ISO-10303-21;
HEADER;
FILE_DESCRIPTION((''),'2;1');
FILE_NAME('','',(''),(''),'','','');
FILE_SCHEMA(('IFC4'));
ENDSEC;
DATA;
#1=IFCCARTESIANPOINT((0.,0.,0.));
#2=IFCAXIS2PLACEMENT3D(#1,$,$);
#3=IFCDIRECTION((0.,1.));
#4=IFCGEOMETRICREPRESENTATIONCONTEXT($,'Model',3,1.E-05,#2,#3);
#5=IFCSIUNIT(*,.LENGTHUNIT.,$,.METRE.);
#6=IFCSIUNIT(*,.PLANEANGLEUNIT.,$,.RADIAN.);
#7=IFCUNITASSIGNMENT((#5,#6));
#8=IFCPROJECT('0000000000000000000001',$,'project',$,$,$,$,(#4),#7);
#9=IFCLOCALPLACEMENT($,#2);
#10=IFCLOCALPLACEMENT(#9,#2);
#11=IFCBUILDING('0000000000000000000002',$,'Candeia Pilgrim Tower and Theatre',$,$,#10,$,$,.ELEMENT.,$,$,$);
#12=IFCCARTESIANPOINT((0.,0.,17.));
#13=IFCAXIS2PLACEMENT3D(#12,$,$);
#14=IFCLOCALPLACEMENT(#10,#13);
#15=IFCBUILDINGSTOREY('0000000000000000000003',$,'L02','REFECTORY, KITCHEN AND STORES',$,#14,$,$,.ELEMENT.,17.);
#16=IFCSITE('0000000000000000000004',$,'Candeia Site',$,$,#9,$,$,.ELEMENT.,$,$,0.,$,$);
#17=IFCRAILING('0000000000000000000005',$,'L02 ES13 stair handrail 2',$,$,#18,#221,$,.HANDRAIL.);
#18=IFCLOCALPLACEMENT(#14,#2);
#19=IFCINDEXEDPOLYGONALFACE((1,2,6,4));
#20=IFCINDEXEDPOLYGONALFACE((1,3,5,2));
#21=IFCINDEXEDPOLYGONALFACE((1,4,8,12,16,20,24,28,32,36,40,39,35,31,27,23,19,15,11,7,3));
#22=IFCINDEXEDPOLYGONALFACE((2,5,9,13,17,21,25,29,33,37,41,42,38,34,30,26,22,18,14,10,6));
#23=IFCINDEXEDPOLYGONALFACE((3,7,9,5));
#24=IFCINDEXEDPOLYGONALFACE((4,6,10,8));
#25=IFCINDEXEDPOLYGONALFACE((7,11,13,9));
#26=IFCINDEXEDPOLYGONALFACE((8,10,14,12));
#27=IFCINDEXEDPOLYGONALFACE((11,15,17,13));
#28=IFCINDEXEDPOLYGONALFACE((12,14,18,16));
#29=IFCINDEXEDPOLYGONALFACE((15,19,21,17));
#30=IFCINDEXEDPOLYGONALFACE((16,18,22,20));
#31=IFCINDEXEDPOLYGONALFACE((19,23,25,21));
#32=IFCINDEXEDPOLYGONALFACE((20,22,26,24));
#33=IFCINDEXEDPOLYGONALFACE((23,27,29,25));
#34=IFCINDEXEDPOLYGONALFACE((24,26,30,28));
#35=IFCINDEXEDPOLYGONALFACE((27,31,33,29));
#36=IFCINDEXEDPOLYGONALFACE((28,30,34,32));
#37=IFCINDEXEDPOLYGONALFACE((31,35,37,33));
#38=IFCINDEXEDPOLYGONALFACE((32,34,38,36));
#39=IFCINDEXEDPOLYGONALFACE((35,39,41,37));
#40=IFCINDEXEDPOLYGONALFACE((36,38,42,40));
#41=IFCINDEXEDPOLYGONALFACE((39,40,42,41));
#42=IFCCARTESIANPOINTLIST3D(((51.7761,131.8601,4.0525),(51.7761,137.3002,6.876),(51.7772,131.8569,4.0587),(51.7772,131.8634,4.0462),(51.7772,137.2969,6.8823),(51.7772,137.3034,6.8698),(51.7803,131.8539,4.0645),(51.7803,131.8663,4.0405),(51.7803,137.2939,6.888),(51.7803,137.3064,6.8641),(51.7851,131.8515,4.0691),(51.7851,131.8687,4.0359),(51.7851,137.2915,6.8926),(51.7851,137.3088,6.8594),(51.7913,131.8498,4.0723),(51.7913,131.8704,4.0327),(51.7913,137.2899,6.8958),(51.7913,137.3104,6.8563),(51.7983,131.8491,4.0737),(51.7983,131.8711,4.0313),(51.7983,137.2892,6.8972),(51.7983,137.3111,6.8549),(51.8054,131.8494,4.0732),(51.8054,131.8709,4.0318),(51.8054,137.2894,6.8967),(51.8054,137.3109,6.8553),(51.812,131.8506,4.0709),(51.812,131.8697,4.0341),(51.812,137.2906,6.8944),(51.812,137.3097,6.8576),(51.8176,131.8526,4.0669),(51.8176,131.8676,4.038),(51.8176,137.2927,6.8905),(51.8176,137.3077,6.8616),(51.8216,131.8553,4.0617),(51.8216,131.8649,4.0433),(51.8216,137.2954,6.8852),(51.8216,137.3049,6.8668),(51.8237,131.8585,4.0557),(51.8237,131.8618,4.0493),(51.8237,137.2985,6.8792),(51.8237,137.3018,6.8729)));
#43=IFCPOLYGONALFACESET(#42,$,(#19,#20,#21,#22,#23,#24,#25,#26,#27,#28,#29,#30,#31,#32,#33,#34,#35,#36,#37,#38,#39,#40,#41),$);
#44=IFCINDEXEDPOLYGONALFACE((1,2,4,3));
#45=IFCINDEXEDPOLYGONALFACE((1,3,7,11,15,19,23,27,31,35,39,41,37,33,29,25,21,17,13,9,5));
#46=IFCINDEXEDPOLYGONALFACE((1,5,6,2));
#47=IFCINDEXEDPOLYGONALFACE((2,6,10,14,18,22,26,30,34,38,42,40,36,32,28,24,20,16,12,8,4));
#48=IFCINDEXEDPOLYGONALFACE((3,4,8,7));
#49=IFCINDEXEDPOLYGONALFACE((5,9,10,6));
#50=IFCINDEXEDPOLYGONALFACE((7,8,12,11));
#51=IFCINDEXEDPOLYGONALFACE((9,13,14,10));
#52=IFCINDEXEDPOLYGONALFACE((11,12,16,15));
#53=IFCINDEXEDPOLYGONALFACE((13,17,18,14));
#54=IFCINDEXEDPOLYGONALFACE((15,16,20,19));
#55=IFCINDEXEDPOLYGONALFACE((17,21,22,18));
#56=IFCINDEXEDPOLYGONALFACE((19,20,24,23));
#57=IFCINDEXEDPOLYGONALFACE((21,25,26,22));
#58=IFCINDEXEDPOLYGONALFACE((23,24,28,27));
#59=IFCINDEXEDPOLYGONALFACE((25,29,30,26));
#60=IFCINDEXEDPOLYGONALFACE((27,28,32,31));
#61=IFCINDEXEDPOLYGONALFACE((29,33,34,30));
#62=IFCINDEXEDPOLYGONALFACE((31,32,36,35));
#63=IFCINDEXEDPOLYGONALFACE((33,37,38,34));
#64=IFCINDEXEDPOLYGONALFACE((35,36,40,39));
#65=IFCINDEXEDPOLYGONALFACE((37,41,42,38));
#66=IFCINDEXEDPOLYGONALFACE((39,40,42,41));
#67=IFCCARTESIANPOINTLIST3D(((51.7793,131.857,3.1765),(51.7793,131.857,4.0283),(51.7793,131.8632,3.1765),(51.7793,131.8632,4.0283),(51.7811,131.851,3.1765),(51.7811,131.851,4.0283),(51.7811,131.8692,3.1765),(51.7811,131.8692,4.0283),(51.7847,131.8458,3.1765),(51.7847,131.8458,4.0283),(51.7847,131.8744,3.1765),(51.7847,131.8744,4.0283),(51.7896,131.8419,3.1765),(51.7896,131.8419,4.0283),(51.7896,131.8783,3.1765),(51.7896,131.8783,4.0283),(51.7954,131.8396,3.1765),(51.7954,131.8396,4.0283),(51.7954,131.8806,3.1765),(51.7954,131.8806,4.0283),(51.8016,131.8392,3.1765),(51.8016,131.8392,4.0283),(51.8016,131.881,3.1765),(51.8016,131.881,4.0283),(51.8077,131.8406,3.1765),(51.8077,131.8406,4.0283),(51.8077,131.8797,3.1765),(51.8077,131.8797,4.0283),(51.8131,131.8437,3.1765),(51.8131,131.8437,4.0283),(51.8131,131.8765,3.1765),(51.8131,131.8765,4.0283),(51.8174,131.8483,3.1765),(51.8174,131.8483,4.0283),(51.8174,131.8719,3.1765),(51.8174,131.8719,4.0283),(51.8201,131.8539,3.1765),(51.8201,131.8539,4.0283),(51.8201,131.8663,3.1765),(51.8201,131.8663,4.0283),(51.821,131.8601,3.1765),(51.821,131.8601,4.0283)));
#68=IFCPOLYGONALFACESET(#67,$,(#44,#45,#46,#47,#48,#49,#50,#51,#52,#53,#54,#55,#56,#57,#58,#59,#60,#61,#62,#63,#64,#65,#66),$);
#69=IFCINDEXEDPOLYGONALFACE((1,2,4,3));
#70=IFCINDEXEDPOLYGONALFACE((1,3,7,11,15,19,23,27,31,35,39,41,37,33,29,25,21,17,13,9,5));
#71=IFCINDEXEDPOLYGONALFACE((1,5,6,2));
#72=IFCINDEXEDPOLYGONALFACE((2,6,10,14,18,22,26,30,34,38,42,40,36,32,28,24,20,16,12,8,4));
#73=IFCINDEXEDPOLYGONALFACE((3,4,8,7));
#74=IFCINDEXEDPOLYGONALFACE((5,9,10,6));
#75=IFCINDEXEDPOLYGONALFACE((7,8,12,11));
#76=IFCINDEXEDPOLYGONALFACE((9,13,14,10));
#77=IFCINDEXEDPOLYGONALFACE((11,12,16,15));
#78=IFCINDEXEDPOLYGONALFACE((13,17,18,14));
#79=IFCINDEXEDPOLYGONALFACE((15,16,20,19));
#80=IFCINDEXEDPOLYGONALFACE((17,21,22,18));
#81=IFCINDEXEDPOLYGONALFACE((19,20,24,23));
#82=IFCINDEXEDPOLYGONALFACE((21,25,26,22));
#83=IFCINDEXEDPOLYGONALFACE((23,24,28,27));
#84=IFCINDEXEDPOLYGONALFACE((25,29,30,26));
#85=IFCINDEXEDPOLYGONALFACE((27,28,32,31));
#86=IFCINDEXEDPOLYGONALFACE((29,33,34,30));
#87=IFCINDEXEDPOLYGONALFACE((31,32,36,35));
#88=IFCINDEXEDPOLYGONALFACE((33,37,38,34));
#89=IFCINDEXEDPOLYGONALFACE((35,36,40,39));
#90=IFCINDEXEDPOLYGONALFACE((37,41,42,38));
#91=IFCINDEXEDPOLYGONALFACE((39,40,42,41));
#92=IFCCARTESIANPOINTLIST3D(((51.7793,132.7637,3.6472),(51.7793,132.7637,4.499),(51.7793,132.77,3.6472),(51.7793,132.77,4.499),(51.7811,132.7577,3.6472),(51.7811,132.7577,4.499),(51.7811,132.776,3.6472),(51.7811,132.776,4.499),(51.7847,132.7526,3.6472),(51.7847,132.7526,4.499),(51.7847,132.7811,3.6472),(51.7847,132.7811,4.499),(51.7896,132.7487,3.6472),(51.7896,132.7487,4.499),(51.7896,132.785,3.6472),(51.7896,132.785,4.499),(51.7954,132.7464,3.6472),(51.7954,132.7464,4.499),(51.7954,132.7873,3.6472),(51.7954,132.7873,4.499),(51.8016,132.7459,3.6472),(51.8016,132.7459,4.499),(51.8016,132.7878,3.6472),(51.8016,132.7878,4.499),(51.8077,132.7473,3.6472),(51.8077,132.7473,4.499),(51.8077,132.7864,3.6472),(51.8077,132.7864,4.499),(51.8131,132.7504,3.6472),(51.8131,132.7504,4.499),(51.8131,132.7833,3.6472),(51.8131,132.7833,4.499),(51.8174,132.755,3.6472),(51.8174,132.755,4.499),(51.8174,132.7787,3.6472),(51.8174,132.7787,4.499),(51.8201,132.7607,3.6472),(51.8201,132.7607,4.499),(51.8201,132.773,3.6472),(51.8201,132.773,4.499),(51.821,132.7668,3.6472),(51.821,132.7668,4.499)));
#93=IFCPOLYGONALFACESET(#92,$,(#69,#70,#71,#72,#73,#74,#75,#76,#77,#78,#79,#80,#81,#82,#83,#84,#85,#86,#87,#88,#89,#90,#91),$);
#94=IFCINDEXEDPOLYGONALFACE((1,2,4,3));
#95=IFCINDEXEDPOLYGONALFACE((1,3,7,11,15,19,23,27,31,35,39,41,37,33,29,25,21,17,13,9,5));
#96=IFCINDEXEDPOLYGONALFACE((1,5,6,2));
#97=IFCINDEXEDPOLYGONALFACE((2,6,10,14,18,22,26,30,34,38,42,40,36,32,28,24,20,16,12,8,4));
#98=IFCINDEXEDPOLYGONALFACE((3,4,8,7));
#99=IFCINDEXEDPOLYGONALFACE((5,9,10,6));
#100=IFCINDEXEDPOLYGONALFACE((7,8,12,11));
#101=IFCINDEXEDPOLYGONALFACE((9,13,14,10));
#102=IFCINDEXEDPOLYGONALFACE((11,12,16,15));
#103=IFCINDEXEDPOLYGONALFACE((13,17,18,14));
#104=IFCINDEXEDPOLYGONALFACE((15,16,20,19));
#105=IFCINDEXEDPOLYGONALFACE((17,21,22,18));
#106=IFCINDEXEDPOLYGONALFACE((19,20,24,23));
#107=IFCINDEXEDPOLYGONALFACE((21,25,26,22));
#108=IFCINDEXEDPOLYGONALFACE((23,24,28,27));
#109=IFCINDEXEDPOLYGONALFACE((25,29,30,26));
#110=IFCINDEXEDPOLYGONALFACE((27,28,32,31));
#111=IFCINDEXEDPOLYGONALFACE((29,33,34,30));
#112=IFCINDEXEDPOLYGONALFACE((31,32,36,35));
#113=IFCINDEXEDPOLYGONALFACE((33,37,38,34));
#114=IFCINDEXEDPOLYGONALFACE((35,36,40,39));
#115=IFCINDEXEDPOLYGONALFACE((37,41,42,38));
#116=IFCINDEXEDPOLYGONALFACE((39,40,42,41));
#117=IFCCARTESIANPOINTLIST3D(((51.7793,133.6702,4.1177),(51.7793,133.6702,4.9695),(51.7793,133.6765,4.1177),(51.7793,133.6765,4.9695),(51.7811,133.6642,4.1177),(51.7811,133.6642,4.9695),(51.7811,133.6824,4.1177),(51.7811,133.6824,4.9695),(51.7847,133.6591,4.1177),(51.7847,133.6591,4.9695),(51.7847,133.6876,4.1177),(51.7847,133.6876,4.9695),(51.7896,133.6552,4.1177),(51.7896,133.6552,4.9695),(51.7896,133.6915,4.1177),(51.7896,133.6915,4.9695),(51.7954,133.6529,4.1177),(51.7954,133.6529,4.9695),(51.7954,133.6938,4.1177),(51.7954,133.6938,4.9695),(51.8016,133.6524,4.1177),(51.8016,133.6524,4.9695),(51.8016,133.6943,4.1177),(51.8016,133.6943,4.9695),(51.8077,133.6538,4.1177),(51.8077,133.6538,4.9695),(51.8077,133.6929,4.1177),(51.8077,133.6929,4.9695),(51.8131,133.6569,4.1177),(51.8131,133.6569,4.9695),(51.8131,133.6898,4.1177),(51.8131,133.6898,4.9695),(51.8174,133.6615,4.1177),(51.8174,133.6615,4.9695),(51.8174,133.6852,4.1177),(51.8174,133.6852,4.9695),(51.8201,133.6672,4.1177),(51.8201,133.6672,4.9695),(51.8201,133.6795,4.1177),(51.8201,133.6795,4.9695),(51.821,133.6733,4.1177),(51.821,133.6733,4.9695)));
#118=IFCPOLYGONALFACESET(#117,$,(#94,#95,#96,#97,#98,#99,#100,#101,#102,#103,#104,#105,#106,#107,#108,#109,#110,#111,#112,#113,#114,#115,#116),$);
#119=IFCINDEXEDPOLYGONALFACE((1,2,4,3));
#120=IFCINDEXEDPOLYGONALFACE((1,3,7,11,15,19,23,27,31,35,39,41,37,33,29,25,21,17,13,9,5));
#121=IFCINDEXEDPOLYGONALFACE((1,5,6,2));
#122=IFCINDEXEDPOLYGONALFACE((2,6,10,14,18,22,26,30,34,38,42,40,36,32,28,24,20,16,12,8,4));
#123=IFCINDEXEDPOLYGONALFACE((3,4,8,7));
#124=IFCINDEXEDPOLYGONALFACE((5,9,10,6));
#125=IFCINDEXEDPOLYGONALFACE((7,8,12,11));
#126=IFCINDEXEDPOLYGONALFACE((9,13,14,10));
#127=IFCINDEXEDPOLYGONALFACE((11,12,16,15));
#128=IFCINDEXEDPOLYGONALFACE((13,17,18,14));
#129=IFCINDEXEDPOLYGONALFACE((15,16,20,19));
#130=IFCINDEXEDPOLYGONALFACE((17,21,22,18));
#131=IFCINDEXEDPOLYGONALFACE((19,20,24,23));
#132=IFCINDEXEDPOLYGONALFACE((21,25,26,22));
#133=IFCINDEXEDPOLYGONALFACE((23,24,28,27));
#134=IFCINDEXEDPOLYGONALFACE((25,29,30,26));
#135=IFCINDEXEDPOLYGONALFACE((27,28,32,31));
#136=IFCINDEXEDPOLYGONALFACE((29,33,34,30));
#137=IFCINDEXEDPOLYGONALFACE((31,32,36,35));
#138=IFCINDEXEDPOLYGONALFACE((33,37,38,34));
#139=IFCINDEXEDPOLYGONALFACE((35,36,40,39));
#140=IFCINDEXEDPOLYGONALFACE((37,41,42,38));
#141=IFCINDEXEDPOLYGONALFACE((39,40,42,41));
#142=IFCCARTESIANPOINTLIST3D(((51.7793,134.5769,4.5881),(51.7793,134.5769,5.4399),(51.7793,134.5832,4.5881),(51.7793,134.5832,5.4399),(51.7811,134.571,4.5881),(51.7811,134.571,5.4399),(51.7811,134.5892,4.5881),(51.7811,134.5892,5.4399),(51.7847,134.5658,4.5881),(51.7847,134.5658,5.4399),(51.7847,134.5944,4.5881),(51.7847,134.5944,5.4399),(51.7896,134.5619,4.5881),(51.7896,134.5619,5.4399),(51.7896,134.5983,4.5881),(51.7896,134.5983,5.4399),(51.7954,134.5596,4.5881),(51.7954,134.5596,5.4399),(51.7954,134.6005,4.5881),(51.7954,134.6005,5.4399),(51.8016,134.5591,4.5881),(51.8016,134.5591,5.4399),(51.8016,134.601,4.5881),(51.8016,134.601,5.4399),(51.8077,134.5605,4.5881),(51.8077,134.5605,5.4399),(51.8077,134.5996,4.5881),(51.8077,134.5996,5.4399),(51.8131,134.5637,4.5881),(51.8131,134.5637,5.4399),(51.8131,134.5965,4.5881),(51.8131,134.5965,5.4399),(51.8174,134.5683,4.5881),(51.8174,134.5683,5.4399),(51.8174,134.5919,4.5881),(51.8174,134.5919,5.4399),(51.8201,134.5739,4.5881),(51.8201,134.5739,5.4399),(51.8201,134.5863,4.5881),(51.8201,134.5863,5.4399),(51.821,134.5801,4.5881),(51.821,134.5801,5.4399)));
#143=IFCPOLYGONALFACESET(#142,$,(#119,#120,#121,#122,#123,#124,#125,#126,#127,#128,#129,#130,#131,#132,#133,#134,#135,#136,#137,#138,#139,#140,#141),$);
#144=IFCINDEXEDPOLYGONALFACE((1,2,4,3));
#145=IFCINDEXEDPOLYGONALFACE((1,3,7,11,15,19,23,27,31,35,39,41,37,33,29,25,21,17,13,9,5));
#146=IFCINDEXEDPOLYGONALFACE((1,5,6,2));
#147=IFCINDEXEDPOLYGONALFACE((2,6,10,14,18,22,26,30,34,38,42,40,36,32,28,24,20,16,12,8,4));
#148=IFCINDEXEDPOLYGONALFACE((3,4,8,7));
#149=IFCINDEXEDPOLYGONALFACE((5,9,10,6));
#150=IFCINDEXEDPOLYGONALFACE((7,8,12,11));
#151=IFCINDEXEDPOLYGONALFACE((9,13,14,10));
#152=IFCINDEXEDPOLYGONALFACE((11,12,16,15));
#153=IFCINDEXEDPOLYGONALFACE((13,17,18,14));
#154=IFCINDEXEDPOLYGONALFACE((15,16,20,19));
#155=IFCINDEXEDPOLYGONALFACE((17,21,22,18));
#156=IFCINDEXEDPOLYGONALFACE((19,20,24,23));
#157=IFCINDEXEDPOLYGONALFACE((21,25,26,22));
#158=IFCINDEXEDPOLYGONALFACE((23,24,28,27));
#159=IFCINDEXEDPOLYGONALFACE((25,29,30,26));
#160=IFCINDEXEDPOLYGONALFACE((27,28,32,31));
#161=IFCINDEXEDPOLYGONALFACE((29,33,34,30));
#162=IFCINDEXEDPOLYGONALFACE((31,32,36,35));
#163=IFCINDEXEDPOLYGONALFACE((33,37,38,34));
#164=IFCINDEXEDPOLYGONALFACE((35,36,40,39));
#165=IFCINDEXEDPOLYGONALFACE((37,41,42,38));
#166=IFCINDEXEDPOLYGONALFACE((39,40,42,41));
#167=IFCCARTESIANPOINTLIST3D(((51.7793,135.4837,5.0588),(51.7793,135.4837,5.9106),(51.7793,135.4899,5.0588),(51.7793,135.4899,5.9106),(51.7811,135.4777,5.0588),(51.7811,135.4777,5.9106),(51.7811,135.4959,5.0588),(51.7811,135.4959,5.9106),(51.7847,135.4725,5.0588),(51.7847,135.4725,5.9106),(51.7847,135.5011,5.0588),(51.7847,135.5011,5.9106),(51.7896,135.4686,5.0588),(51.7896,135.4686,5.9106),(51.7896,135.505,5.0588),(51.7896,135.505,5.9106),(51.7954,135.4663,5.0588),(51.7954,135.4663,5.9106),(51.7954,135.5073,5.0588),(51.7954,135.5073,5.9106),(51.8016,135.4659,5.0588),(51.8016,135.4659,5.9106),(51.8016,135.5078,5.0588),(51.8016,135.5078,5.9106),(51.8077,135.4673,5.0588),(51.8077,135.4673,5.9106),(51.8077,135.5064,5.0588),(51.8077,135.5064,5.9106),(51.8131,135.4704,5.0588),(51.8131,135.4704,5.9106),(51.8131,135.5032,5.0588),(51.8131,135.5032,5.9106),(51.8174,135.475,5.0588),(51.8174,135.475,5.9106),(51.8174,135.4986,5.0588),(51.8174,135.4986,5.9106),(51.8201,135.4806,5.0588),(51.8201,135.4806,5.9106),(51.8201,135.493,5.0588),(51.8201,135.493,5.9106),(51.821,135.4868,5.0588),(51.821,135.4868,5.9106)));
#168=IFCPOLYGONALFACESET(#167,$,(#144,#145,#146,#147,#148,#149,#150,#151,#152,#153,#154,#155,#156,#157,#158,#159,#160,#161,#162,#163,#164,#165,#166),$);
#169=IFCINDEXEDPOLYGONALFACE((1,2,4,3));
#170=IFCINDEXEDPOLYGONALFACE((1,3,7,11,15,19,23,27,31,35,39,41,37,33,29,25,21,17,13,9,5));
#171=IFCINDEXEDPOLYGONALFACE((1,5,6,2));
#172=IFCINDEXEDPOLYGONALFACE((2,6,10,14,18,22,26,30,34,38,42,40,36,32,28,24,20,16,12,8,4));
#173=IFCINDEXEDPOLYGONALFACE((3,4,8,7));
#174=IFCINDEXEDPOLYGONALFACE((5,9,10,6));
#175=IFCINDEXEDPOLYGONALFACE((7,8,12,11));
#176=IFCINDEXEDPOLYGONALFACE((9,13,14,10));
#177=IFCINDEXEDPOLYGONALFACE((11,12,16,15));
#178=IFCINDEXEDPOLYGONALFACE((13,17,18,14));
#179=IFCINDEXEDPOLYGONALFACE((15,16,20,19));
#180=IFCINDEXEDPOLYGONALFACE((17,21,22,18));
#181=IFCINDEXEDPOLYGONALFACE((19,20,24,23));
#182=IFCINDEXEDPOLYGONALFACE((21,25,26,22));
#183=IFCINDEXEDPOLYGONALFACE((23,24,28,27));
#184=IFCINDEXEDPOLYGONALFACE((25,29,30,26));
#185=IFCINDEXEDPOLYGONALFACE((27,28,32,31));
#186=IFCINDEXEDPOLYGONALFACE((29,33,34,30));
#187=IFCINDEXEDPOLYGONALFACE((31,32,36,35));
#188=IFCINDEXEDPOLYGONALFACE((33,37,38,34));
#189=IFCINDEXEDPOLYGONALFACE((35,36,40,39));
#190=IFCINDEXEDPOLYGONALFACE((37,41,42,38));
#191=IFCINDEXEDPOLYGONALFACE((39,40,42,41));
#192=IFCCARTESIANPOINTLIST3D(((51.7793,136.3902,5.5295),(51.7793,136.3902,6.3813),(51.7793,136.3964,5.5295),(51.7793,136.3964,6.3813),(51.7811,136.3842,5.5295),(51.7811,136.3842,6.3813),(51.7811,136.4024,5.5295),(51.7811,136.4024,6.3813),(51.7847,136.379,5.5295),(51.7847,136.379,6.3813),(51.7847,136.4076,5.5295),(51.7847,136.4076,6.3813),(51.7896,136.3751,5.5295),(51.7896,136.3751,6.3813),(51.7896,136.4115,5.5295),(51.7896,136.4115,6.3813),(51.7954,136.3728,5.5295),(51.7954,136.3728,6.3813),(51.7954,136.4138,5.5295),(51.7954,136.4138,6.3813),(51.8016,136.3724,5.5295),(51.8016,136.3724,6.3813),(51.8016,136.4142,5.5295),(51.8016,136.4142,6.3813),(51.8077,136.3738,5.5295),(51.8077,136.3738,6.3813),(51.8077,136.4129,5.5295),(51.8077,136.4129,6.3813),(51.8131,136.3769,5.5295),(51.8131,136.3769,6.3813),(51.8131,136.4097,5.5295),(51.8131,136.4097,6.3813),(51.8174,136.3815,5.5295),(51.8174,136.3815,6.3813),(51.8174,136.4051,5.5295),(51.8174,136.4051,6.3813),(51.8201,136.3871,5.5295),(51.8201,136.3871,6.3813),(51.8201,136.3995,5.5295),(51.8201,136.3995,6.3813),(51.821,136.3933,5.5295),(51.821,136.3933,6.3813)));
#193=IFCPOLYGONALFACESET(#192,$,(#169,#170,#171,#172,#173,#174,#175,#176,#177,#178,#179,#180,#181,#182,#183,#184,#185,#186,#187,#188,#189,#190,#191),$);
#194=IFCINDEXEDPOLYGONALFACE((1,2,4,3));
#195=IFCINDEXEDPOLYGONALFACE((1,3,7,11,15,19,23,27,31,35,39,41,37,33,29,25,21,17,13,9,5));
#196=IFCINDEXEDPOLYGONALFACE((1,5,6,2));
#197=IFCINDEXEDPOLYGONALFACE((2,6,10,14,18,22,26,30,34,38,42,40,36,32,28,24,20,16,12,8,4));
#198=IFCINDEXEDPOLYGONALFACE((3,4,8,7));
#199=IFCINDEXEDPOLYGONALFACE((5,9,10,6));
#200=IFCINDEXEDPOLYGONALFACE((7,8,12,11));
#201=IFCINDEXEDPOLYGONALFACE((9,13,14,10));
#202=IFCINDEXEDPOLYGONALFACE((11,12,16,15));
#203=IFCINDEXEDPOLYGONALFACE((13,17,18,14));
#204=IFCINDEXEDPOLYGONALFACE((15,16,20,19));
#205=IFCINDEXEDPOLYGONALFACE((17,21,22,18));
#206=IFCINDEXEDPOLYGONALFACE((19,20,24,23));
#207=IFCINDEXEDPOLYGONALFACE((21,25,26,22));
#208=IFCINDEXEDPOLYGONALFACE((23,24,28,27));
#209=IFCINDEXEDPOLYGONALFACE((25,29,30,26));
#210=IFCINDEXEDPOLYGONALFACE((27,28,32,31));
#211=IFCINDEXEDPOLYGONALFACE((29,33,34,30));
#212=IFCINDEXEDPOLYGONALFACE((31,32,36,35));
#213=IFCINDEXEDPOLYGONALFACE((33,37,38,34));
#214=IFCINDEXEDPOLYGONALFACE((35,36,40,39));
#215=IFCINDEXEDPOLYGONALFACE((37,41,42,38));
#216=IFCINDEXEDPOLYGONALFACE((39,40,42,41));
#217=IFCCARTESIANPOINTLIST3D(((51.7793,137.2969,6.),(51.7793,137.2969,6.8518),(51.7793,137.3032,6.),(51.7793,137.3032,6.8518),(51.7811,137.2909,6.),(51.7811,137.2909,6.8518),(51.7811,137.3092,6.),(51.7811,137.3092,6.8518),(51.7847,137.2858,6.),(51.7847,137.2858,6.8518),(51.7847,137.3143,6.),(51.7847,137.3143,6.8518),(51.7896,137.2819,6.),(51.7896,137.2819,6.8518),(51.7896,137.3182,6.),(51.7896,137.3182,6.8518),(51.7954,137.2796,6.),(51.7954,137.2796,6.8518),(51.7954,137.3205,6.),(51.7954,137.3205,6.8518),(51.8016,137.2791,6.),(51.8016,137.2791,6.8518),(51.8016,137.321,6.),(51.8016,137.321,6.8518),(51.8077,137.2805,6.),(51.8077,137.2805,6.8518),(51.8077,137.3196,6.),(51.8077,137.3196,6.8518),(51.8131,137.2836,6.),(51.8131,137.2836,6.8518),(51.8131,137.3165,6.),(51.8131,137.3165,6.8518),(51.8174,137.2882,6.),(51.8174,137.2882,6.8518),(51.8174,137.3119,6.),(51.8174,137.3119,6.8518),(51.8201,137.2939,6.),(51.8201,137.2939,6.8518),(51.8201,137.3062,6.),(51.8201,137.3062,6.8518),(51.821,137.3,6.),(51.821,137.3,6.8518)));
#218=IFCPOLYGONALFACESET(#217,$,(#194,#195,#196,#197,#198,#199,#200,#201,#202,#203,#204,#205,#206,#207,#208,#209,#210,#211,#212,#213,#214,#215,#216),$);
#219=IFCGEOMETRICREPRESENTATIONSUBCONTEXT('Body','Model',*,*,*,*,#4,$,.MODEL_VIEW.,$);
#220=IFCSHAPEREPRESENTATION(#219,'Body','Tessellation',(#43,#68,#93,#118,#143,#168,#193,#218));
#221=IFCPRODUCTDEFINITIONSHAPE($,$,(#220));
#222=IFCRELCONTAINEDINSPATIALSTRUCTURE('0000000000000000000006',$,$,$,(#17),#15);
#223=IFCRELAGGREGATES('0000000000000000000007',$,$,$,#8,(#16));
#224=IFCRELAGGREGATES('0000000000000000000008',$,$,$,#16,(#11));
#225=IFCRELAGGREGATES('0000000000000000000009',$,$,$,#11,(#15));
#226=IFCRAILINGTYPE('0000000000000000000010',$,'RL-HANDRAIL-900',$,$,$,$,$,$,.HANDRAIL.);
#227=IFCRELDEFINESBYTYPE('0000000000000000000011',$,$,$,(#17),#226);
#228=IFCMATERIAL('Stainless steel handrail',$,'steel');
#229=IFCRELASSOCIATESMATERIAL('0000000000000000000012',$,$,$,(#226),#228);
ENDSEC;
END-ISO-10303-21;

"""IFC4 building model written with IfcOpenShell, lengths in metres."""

from ifc_helpers import new_model, si_unit, direction, frame, origin, origin_2d, place, context, subcontext, project, spatial, circle, extrude, material, type_object, element, save


model = new_model("IFC4")

# Units and contexts
model_context = context("Model", 3, precision=1e-05, world=origin(), true_north=direction((0.0, 1.0)))
body_context = subcontext(model_context, "Body", "Model", "MODEL_VIEW")
ifc_project = project(units=[si_unit("LENGTHUNIT", "METRE"), si_unit("PLANEANGLEUNIT", "RADIAN")], contexts=[model_context])

# Site, building, storey
site_placement = place(None, origin())
site = spatial("IfcSite", under=ifc_project, at=site_placement, Name="Candeia Site", CompositionType="ELEMENT", RefElevation=0.0)
building_placement = place(site_placement, origin())
building = spatial("IfcBuilding", under=site, at=building_placement, Name="Candeia Pilgrim Tower and Theatre", CompositionType="ELEMENT")
storey_placement = place(building_placement, frame((0.0, 0.0, 17.0)))
storey = spatial("IfcBuildingStorey", under=building, at=storey_placement, Name="L02", Description="REFECTORY, KITCHEN AND STORES", CompositionType="ELEMENT", Elevation=17.0)

# Railing
ifc_material_1 = material(Name="Stainless steel handrail", Category="steel")
railing_type_1 = type_object("IfcRailingType", Name="RL-HANDRAIL-900", PredefinedType="HANDRAIL", material=ifc_material_1)
railing_1_placement = place(storey_placement, frame((51.8, 131.8601, 3.1765)))
element("IfcRailing", 1, at=railing_1_placement, inside=storey, type_object=railing_type_1, Name="L02 ES13 stair handrail 2", PredefinedType="HANDRAIL", context=body_context, shape_type="SweptSolid", body=[
    extrude(circle(Radius=0.0239, at=origin_2d()), frame((0.0, 0.0, 0.876), z_axis=(0.0, 0.887569, 0.460674), x_axis=(-1.0, 0.0, 0.0)), (0.0, 0.0, 1.0), 6.1292),
    extrude(circle(Radius=0.021, at=origin_2d()), origin(), (0.0, 0.0, 1.0), 0.8518),
    extrude(circle(Radius=0.021, at=origin_2d()), frame((0.0, 0.9067, 0.4707)), (0.0, 0.0, 1.0), 0.8518),
    extrude(circle(Radius=0.021, at=origin_2d()), frame((0.0, 1.8132, 0.9412)), (0.0, 0.0, 1.0), 0.8518),
    extrude(circle(Radius=0.021, at=origin_2d()), frame((0.0, 2.72, 1.4116)), (0.0, 0.0, 1.0), 0.8518),
    extrude(circle(Radius=0.021, at=origin_2d()), frame((0.0, 3.6267, 1.8823)), (0.0, 0.0, 1.0), 0.8518),
    extrude(circle(Radius=0.021, at=origin_2d()), frame((0.0, 4.5332, 2.353)), (0.0, 0.0, 1.0), 0.8518),
    extrude(circle(Radius=0.021, at=origin_2d()), frame((0.0, 5.4399, 2.8235)), (0.0, 0.0, 1.0), 0.8518),
])

save(model, "model.ifc")
